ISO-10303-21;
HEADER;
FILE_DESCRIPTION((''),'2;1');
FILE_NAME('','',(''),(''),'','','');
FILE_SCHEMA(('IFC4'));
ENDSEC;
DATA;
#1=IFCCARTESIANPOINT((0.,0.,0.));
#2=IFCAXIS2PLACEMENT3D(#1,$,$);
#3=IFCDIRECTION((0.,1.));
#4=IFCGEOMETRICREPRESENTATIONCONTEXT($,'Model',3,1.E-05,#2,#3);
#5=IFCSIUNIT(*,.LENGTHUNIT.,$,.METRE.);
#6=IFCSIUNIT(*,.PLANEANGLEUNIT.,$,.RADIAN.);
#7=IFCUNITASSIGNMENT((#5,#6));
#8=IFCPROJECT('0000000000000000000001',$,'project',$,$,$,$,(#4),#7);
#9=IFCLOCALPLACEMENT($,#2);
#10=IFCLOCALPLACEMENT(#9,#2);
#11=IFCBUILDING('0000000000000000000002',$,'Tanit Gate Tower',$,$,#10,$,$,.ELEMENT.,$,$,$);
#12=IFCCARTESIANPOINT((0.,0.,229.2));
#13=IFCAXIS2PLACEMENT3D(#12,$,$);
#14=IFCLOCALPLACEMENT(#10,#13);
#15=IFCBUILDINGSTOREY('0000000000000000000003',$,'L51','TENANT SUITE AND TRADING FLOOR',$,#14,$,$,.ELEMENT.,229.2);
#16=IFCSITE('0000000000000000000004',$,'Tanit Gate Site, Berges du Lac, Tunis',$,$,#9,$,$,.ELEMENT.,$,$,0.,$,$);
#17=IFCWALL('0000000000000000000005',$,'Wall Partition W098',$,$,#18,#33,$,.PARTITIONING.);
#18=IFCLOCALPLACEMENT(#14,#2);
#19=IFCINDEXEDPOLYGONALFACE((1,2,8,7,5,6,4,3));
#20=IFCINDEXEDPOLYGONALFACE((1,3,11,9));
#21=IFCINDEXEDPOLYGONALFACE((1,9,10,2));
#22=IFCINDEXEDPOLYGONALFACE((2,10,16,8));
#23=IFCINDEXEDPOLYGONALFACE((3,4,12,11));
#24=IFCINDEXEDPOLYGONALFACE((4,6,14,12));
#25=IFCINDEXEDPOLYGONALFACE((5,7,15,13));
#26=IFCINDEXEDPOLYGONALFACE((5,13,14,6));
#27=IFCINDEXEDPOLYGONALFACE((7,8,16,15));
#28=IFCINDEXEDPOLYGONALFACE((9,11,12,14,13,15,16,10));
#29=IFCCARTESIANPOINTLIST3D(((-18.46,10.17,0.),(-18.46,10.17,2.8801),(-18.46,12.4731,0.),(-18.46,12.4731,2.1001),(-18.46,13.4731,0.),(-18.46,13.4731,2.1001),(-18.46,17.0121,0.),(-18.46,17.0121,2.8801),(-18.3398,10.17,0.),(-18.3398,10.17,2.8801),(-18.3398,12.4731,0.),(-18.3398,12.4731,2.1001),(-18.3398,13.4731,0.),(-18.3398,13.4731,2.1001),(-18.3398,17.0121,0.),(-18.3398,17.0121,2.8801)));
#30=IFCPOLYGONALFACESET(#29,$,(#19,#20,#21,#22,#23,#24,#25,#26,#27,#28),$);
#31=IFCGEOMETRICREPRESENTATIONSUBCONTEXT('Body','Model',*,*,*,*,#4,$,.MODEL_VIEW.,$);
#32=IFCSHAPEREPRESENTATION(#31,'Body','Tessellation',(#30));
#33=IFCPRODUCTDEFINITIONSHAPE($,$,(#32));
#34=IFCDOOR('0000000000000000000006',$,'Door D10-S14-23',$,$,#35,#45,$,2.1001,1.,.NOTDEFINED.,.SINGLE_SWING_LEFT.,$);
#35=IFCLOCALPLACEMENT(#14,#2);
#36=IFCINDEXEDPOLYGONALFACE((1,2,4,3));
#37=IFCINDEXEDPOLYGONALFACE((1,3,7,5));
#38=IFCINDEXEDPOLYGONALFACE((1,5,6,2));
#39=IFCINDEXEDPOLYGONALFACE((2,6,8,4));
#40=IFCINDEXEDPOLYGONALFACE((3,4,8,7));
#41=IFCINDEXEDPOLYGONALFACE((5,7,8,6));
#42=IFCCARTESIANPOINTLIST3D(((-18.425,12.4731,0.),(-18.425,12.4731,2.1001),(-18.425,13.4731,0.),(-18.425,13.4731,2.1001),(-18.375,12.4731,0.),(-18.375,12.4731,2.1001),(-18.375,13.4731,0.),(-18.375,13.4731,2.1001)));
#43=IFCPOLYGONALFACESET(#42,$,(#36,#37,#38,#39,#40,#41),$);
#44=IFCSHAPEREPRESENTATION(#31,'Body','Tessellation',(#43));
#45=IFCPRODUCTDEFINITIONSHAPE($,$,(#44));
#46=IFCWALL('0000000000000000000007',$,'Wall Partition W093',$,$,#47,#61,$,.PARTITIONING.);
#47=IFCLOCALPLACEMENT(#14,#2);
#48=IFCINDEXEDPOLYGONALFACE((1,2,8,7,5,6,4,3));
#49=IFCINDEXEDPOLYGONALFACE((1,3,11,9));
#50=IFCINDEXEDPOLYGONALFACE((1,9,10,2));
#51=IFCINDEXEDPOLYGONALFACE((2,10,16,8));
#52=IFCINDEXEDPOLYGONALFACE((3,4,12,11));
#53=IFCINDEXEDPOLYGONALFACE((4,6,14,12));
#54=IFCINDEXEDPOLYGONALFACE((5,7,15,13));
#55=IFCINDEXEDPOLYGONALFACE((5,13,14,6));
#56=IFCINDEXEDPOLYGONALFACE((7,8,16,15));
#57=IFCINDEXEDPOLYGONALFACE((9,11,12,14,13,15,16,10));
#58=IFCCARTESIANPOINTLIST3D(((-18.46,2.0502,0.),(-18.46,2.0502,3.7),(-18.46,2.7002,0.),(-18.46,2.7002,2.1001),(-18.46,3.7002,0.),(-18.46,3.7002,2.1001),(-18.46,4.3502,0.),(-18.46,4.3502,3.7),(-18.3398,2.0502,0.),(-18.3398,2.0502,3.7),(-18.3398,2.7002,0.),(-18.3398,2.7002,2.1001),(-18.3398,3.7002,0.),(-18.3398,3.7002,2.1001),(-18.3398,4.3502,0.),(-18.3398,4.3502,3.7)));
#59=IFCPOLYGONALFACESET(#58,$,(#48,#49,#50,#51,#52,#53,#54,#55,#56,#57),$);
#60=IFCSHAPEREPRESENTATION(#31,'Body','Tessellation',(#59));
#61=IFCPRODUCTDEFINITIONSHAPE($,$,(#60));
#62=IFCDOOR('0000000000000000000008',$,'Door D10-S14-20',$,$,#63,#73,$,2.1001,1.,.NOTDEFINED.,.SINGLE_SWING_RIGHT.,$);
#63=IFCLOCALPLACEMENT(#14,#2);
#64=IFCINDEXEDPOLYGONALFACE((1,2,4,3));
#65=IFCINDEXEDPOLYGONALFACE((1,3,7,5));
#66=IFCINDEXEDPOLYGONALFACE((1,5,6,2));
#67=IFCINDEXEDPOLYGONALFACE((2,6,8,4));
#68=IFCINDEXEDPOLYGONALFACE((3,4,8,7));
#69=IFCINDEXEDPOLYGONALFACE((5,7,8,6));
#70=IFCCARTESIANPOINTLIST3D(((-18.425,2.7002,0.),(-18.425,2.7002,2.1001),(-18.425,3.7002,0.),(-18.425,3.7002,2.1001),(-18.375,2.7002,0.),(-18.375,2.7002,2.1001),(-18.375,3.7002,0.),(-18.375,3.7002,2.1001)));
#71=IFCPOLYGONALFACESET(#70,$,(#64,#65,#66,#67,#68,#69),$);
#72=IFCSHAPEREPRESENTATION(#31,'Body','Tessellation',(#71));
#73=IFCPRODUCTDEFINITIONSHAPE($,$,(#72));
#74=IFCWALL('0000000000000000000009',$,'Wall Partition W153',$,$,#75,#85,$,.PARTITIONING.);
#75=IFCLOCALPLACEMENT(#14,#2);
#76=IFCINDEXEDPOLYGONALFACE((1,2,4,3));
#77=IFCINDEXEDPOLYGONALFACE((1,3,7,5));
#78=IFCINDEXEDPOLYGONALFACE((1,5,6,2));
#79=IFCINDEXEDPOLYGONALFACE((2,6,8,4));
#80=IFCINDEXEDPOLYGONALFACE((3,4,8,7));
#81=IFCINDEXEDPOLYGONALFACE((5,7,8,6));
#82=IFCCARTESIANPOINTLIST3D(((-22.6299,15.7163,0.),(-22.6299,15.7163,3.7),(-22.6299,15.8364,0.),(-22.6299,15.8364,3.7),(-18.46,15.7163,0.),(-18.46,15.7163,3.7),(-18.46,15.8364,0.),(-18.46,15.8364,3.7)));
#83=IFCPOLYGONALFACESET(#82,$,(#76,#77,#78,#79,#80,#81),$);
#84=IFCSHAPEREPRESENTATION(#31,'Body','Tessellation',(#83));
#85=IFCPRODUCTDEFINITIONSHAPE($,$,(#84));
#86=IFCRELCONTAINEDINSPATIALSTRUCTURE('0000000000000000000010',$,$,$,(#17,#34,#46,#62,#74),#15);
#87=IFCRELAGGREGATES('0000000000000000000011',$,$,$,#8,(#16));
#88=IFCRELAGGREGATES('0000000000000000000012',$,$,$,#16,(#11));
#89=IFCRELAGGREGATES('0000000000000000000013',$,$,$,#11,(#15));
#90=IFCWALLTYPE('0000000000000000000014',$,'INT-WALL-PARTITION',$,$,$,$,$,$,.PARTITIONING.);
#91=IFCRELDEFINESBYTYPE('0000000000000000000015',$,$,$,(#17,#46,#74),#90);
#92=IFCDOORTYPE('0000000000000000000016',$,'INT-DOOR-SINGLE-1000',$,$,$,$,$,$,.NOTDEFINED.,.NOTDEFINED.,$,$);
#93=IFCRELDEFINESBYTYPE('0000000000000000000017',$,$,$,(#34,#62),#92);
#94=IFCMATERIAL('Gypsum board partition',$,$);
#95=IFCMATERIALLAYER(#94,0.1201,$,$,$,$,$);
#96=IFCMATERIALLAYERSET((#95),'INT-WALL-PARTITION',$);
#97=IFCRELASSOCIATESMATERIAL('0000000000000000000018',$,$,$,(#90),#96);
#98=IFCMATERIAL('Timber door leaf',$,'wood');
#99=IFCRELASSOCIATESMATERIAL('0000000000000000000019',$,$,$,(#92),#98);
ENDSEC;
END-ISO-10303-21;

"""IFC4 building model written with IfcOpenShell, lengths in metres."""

from ifc_helpers import new_model, si_unit, direction, frame, frame_2d, origin, place, context, subcontext, project, spatial, rectangle, extrude, material, layer, layer_set, type_object, element, fill, save


model = new_model("IFC4")

# Units and contexts
model_context = context("Model", 3, precision=1e-05, world=origin(), true_north=direction((0.0, 1.0)))
body_context = subcontext(model_context, "Body", "Model", "MODEL_VIEW")
ifc_project = project(units=[si_unit("LENGTHUNIT", "METRE"), si_unit("PLANEANGLEUNIT", "RADIAN")], contexts=[model_context])

# Site, building, storey
site_placement = place(None, origin())
site = spatial("IfcSite", under=ifc_project, at=site_placement, Name="Tanit Gate Site, Berges du Lac, Tunis", CompositionType="ELEMENT", RefElevation=0.0)
building_placement = place(site_placement, origin())
building = spatial("IfcBuilding", under=site, at=building_placement, Name="Tanit Gate Tower", CompositionType="ELEMENT")
storey_placement = place(building_placement, frame((0.0, 0.0, 229.2)))
storey = spatial("IfcBuildingStorey", under=building, at=storey_placement, Name="L51", Description="TENANT SUITE AND TRADING FLOOR", CompositionType="ELEMENT", Elevation=229.2)

# Walls, openings, doors
ifc_material_1 = material(Name="Gypsum board partition")
ifc_layer_1 = layer(ifc_material_1, 0.1201)
ifc_layer_set_1 = layer_set([ifc_layer_1], Name="INT-WALL-PARTITION")
wall_type_1 = type_object("IfcWallType", Name="INT-WALL-PARTITION", PredefinedType="PARTITIONING", material=ifc_layer_set_1)
wall_1_placement = place(storey_placement, frame((-18.3999, 17.012, 0.0), z_axis=(0.0, 0.0, 1.0), x_axis=(0.0, -1.0, 0.0)))
wall_1 = element("IfcWall", 1, at=wall_1_placement, inside=storey, type_object=wall_type_1, Name="Wall Partition W098", PredefinedType="PARTITIONING", context=body_context, shape_type="SweptSolid", body=[
    extrude(rectangle(XDim=6.842, YDim=0.1201, at=frame_2d((3.4209, 0.0))), origin(), (0.0, 0.0, 1.0), 2.8801),
])
opening_1_placement = place(wall_1_placement, frame((3.5388, 0.0, 0.0)))
opening_1 = element("IfcOpeningElement", 2, at=opening_1_placement, cuts=wall_1, PredefinedType="OPENING", context=body_context, shape_type="SweptSolid", body=[
    extrude(rectangle(XDim=1.0, YDim=2.1001, at=frame_2d((0.5, 1.05))), frame((0.0, 0.0701, 0.0), z_axis=(0.0, -1.0, 0.0), x_axis=(1.0, 0.0, 0.0)), (0.0, 0.0, 1.0), 0.1401),
])
ifc_material_2 = material(Name="Timber door leaf", Category="wood")
door_type_1 = type_object("IfcDoorType", Name="INT-DOOR-SINGLE-1000", OperationType="NOTDEFINED", PredefinedType="NOTDEFINED", material=ifc_material_2)
door_1_placement = place(opening_1_placement, origin())
door_1 = element("IfcDoor", 3, at=door_1_placement, inside=storey, type_object=door_type_1, Name="Door D10-S14-23", OperationType="SINGLE_SWING_LEFT", OverallHeight=2.1001, OverallWidth=1.0, PredefinedType="NOTDEFINED", context=body_context, shape_type="SweptSolid", body=[
    extrude(rectangle(XDim=1.0, YDim=2.1001, at=frame_2d((0.5, 1.05))), frame((0.0, 0.0249, 0.0), z_axis=(0.0, -1.0, 0.0), x_axis=(1.0, 0.0, 0.0)), (0.0, 0.0, 1.0), 0.05),
])
fill(opening_1, door_1)
wall_2_placement = place(storey_placement, frame((-18.3999, 4.3501, 0.0), z_axis=(0.0, 0.0, 1.0), x_axis=(0.0, -1.0, 0.0)))
wall_2 = element("IfcWall", 4, at=wall_2_placement, inside=storey, type_object=wall_type_1, Name="Wall Partition W093", PredefinedType="PARTITIONING", context=body_context, shape_type="SweptSolid", body=[
    extrude(rectangle(XDim=2.3, YDim=0.1201, at=frame_2d((1.1499, 0.0))), origin(), (0.0, 0.0, 1.0), 3.7),
])
opening_2_placement = place(wall_2_placement, frame((0.6499, 0.0, 0.0)))
opening_2 = element("IfcOpeningElement", 5, at=opening_2_placement, cuts=wall_2, PredefinedType="OPENING", context=body_context, shape_type="SweptSolid", body=[
    extrude(rectangle(XDim=1.0, YDim=2.1001, at=frame_2d((0.5, 1.05))), frame((0.0, 0.0701, 0.0), z_axis=(0.0, -1.0, 0.0), x_axis=(1.0, 0.0, 0.0)), (0.0, 0.0, 1.0), 0.1401),
])
door_2_placement = place(opening_2_placement, origin())
door_2 = element("IfcDoor", 6, at=door_2_placement, inside=storey, type_object=door_type_1, Name="Door D10-S14-20", OperationType="SINGLE_SWING_RIGHT", OverallHeight=2.1001, OverallWidth=1.0, PredefinedType="NOTDEFINED", context=body_context, shape_type="SweptSolid", body=[
    extrude(rectangle(XDim=1.0, YDim=2.1001, at=frame_2d((0.5, 1.05))), frame((0.0, 0.0249, 0.0), z_axis=(0.0, -1.0, 0.0), x_axis=(1.0, 0.0, 0.0)), (0.0, 0.0, 1.0), 0.05),
])
fill(opening_2, door_2)

# Wall
wall_3_placement = place(storey_placement, frame((-18.46, 15.7764, 0.0), z_axis=(0.0, 0.0, 1.0), x_axis=(-1.0, 0.0, 0.0)))
element("IfcWall", 7, at=wall_3_placement, inside=storey, type_object=wall_type_1, Name="Wall Partition W153", PredefinedType="PARTITIONING", context=body_context, shape_type="SweptSolid", body=[
    extrude(rectangle(XDim=4.1699, YDim=0.1201, at=frame_2d((2.085, 0.0))), origin(), (0.0, 0.0, 1.0), 3.7),
])

save(model, "model.ifc")
